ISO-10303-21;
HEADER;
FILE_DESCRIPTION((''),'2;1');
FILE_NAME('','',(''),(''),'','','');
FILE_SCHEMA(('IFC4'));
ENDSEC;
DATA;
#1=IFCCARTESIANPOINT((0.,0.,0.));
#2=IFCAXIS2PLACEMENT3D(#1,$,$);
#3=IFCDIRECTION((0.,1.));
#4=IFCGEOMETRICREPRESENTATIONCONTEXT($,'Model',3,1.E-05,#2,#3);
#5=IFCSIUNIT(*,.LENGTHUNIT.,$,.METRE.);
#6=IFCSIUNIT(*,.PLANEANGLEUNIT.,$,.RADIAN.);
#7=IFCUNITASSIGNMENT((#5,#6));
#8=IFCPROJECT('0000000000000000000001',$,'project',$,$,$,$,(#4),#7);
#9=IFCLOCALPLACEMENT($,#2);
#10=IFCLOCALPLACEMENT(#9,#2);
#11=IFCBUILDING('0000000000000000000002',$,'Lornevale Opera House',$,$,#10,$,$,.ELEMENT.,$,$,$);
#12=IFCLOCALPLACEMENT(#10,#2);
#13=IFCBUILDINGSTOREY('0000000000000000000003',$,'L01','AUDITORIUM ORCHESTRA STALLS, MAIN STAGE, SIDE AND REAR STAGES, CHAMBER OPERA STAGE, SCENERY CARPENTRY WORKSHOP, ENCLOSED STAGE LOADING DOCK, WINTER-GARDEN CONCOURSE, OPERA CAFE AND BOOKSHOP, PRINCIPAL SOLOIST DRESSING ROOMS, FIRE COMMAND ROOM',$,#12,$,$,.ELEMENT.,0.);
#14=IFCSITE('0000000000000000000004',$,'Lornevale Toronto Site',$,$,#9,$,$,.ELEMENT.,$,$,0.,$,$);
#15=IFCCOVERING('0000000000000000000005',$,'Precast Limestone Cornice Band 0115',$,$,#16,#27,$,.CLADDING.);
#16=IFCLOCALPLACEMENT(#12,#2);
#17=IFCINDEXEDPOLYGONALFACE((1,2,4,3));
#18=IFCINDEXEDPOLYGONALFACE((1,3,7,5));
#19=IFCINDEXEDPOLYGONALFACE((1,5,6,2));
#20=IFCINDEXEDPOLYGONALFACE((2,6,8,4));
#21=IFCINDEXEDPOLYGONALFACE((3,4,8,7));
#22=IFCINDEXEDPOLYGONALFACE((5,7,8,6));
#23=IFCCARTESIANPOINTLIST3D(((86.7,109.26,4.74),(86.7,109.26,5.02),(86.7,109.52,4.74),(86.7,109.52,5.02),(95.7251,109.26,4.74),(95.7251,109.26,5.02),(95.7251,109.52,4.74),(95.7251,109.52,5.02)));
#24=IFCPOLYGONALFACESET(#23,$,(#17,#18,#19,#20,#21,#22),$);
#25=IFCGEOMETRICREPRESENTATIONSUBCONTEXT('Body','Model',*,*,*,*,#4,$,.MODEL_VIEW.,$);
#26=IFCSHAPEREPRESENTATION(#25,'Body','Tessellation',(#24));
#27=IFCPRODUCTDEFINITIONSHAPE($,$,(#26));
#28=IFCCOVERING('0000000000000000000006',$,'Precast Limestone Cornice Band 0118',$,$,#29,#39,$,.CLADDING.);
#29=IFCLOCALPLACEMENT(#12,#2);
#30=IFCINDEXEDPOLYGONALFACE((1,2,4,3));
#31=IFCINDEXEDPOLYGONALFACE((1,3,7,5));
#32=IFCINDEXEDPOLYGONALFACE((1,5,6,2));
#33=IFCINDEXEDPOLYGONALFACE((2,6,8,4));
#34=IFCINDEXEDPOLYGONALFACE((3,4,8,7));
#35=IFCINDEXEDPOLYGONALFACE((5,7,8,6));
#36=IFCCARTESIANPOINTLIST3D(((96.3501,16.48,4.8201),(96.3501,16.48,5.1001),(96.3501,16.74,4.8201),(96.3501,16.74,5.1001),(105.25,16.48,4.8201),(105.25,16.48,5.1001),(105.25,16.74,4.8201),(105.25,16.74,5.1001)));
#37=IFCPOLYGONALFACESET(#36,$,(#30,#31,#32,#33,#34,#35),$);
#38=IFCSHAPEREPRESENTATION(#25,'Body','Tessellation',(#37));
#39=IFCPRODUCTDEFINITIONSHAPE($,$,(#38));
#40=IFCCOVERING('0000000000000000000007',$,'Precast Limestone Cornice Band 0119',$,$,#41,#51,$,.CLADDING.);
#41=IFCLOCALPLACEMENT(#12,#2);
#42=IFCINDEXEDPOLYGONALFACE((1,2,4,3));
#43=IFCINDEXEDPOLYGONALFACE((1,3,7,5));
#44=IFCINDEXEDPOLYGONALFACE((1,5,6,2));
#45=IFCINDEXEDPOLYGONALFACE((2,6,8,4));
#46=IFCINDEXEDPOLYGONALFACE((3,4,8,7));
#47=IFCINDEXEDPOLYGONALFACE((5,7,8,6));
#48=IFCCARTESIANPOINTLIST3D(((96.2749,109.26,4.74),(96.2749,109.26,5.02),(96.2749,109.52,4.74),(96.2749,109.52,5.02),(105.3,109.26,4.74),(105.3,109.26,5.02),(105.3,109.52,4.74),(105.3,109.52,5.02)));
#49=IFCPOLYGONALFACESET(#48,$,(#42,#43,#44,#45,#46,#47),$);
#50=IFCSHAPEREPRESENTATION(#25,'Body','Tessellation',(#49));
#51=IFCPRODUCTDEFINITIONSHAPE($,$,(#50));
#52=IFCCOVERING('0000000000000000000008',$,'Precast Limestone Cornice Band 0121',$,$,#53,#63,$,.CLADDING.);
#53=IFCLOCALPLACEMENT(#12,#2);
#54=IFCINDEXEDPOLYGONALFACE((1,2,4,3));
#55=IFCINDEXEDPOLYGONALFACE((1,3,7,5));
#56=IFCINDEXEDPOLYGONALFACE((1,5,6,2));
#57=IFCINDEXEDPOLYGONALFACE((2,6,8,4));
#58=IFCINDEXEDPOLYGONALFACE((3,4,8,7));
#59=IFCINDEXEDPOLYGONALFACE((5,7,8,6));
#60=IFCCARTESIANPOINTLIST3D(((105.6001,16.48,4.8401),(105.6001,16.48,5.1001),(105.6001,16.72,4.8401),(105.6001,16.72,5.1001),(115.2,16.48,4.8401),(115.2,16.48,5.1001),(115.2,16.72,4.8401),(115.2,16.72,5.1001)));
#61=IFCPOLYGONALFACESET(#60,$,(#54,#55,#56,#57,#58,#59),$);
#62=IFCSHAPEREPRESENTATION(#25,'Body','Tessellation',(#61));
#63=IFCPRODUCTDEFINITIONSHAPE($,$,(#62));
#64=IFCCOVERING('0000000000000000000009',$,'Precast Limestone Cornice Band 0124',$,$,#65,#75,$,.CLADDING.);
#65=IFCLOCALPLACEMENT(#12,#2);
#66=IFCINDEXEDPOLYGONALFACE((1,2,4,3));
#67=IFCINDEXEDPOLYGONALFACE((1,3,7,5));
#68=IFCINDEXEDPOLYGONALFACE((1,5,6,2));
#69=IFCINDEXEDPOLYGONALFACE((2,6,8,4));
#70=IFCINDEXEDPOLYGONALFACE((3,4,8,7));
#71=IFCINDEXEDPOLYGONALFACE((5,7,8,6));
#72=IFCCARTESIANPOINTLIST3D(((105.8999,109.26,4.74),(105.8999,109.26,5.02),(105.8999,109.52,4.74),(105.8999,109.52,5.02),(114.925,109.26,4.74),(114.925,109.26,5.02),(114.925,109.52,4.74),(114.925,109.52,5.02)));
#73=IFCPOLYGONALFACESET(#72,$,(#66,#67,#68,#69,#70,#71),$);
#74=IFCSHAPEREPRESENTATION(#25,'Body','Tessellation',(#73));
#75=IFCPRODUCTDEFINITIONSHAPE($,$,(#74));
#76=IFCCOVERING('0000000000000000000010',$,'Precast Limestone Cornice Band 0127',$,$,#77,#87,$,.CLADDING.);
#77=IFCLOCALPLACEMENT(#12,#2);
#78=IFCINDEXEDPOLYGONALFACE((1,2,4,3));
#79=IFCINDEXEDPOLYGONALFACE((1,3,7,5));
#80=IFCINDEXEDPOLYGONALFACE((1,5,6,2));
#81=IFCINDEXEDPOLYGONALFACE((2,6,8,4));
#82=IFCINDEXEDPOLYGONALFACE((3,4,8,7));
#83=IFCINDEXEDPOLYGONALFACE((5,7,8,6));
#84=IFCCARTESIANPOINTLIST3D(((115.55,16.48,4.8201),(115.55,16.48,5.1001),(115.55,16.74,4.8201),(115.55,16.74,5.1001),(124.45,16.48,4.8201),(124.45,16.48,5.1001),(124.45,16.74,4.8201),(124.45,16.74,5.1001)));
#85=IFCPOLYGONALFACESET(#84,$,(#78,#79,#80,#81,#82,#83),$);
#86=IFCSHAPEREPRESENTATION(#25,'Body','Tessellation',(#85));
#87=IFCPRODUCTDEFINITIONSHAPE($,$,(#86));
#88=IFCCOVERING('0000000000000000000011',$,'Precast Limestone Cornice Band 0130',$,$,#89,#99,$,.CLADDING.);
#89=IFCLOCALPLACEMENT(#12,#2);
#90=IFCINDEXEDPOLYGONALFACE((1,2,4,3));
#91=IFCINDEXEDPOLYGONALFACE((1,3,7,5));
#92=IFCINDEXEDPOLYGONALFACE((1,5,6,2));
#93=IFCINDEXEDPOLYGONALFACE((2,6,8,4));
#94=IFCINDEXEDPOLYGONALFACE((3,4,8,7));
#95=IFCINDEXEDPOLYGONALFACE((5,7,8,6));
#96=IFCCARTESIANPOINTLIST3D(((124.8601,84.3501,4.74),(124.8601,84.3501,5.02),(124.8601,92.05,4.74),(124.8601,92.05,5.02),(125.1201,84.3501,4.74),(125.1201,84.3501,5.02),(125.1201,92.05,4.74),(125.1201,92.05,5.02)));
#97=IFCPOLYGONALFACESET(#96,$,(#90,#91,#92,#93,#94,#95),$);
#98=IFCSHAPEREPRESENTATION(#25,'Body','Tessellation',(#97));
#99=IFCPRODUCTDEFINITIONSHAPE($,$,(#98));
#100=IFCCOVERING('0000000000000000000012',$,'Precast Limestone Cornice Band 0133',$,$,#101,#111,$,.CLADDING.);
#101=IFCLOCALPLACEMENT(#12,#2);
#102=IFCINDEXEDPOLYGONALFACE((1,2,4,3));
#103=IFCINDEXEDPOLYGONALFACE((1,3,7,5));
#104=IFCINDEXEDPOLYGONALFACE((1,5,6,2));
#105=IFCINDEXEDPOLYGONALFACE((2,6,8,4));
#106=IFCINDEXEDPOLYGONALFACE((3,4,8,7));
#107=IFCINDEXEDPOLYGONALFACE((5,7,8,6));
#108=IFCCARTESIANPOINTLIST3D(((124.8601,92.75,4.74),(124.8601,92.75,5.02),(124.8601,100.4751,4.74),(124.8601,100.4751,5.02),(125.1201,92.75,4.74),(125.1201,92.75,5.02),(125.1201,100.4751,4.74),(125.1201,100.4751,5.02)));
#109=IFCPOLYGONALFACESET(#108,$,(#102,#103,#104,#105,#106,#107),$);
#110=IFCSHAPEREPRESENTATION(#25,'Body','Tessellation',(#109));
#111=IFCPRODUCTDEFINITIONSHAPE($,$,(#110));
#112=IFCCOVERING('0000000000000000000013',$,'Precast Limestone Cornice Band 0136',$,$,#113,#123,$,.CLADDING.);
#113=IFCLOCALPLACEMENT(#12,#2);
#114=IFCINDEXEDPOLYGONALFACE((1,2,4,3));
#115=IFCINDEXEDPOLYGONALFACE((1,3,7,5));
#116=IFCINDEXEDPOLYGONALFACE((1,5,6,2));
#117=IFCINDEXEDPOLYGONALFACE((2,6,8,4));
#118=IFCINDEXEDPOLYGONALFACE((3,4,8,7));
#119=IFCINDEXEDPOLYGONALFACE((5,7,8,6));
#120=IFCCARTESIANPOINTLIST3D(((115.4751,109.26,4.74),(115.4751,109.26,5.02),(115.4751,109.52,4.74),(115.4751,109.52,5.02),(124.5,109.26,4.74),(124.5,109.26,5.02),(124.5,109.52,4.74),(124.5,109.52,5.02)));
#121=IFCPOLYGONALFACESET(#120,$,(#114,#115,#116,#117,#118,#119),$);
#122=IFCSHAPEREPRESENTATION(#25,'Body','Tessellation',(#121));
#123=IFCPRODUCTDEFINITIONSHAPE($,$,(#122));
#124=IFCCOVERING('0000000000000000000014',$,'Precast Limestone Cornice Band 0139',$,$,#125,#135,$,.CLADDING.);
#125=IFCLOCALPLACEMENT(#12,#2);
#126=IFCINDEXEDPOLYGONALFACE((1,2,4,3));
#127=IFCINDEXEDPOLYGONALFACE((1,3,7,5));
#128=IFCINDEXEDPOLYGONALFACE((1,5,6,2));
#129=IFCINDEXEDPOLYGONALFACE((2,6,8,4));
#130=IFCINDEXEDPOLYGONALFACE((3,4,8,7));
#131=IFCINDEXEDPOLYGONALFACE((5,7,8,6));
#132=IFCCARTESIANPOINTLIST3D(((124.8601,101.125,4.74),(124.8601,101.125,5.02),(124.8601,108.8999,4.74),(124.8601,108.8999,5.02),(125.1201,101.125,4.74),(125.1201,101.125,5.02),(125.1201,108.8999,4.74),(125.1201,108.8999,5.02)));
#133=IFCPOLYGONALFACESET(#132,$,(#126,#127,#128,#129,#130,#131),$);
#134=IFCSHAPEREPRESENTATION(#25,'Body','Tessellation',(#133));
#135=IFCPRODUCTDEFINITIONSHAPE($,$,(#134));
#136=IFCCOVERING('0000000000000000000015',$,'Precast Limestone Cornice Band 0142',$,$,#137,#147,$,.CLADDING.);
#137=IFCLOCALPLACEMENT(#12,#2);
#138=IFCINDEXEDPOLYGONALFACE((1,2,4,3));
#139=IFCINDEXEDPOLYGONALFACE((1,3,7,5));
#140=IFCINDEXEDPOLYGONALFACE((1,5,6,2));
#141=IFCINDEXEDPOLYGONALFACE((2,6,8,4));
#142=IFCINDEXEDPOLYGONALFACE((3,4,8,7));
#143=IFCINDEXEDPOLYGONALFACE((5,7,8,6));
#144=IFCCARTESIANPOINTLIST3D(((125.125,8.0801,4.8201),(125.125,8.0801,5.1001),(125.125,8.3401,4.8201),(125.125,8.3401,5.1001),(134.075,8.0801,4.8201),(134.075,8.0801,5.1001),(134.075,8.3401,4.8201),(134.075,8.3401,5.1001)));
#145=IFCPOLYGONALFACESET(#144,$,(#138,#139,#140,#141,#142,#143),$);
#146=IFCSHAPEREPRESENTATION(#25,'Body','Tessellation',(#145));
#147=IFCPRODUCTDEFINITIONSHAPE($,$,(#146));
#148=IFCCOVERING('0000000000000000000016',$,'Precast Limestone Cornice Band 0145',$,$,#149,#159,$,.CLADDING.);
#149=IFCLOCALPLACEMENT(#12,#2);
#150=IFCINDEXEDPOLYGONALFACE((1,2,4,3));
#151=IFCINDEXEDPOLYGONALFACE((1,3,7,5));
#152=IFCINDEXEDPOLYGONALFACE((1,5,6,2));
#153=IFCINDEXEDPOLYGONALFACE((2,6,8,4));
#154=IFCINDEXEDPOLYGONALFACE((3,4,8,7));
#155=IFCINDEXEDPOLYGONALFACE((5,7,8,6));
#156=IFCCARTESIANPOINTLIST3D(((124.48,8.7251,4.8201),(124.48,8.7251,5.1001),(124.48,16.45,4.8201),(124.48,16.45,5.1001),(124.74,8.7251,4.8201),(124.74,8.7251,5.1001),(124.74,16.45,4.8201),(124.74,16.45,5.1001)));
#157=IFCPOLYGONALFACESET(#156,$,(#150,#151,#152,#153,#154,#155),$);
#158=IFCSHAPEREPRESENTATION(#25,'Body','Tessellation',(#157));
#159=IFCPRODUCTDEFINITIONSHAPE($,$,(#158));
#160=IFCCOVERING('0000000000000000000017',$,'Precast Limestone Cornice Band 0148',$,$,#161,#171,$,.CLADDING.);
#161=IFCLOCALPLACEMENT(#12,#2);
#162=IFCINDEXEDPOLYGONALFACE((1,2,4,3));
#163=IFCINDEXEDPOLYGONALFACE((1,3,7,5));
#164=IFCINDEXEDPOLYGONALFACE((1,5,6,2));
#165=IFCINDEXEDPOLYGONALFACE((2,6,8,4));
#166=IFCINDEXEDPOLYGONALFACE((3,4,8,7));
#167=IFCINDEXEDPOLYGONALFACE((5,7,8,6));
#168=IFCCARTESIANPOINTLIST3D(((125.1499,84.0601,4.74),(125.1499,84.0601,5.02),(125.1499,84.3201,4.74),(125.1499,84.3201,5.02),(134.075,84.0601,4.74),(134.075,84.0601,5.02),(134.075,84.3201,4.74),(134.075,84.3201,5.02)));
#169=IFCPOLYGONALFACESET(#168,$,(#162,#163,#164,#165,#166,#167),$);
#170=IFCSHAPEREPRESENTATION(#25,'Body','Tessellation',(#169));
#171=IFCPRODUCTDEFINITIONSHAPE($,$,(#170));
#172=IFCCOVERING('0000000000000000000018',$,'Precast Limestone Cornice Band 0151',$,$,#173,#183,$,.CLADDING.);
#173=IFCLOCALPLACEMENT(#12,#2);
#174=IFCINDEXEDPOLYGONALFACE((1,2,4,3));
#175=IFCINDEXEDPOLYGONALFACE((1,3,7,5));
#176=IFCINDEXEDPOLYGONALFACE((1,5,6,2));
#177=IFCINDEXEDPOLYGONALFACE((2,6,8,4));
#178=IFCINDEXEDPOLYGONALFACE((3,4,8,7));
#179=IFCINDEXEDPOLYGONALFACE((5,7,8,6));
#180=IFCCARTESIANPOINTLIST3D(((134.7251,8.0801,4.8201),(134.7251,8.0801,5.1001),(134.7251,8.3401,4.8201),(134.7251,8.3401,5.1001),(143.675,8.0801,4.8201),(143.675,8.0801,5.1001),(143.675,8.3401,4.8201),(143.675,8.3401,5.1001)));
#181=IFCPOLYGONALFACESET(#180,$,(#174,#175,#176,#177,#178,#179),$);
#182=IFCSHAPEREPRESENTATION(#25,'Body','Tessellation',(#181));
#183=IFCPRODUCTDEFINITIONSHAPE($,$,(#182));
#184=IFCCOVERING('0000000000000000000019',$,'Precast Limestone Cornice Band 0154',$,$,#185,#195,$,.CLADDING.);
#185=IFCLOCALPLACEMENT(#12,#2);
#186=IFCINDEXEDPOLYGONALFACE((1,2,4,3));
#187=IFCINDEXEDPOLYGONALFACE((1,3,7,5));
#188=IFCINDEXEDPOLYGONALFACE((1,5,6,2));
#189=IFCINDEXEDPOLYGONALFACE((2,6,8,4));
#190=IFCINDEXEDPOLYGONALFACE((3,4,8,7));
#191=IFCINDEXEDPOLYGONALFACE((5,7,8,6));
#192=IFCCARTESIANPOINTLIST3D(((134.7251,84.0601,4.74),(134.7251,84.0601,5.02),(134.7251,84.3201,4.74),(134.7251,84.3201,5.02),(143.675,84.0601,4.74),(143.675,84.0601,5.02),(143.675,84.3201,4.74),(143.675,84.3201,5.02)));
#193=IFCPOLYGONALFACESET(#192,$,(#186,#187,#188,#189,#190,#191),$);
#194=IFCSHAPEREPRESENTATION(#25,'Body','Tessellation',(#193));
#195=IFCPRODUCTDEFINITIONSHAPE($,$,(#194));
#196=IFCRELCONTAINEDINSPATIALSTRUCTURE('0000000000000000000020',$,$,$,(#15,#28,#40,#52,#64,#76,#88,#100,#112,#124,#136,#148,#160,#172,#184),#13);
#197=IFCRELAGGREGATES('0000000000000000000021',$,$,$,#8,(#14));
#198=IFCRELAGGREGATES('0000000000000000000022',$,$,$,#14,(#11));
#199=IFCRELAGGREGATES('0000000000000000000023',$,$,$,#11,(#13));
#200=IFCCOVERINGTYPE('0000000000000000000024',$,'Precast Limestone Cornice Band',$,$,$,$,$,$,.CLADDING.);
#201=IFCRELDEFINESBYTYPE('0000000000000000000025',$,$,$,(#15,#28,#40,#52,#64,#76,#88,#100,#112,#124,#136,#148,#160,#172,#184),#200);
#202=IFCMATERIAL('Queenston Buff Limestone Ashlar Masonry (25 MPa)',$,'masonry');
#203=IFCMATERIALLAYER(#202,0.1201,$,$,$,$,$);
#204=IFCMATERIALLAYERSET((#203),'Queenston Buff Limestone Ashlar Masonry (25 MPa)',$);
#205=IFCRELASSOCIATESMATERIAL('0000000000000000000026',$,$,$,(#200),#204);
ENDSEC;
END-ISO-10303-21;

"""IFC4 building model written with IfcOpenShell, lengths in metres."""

from ifc_helpers import new_model, si_unit, direction, frame, origin, place, context, subcontext, project, spatial, polyline, outline, extrude, material, layer, layer_set, type_object, element, save


model = new_model("IFC4")

# Units and contexts
model_context = context("Model", 3, precision=1e-05, world=origin(), true_north=direction((0.0, 1.0)))
body_context = subcontext(model_context, "Body", "Model", "MODEL_VIEW")
ifc_project = project(units=[si_unit("LENGTHUNIT", "METRE"), si_unit("PLANEANGLEUNIT", "RADIAN")], contexts=[model_context])

# Site, building, storey
site_placement = place(None, origin())
site = spatial("IfcSite", under=ifc_project, at=site_placement, Name="Lornevale Toronto Site", CompositionType="ELEMENT", RefElevation=0.0)
building_placement = place(site_placement, origin())
building = spatial("IfcBuilding", under=site, at=building_placement, Name="Lornevale Opera House", CompositionType="ELEMENT")
storey_placement = place(building_placement, origin())
storey = spatial("IfcBuildingStorey", under=building, at=storey_placement, Name="L01", Description="AUDITORIUM ORCHESTRA STALLS, MAIN STAGE, SIDE AND REAR STAGES, CHAMBER OPERA STAGE, SCENERY CARPENTRY WORKSHOP, ENCLOSED STAGE LOADING DOCK, WINTER-GARDEN CONCOURSE, OPERA CAFE AND BOOKSHOP, PRINCIPAL SOLOIST DRESSING ROOMS, FIRE COMMAND ROOM", CompositionType="ELEMENT", Elevation=0.0)

# Coverings
ifc_material_1 = material(Name="Queenston Buff Limestone Ashlar Masonry (25 MPa)", Category="masonry")
ifc_layer_1 = layer(ifc_material_1, 0.1201)
ifc_layer_set_1 = layer_set([ifc_layer_1], Name="Queenston Buff Limestone Ashlar Masonry (25 MPa)")
covering_type_1 = type_object("IfcCoveringType", Name="Precast Limestone Cornice Band", PredefinedType="CLADDING", material=ifc_layer_set_1)
covering_1_placement = place(storey_placement, frame((0.0, 0.0, 4.74)))
element("IfcCovering", 1, at=covering_1_placement, inside=storey, type_object=covering_type_1, Name="Precast Limestone Cornice Band 0115", PredefinedType="CLADDING", context=body_context, shape_type="SweptSolid", body=[
    extrude(outline(polyline([(86.7, 109.26), (95.7251, 109.26), (95.7251, 109.52), (86.7, 109.52), (86.7, 109.26)])), origin(), (0.0, 0.0, 1.0), 0.28),
])
covering_2_placement = place(storey_placement, frame((0.0, 0.0, 4.8201)))
element("IfcCovering", 2, at=covering_2_placement, inside=storey, type_object=covering_type_1, Name="Precast Limestone Cornice Band 0118", PredefinedType="CLADDING", context=body_context, shape_type="SweptSolid", body=[
    extrude(outline(polyline([(105.25, 16.74), (96.3501, 16.74), (96.3501, 16.48), (105.25, 16.48), (105.25, 16.74)])), origin(), (0.0, 0.0, 1.0), 0.28),
])
covering_3_placement = place(storey_placement, frame((0.0, 0.0, 4.74)))
element("IfcCovering", 3, at=covering_3_placement, inside=storey, type_object=covering_type_1, Name="Precast Limestone Cornice Band 0119", PredefinedType="CLADDING", context=body_context, shape_type="SweptSolid", body=[
    extrude(outline(polyline([(96.2749, 109.26), (105.3, 109.26), (105.3, 109.52), (96.2749, 109.52), (96.2749, 109.26)])), origin(), (0.0, 0.0, 1.0), 0.28),
])
covering_4_placement = place(storey_placement, frame((0.0, 0.0, 4.8401)))
element("IfcCovering", 4, at=covering_4_placement, inside=storey, type_object=covering_type_1, Name="Precast Limestone Cornice Band 0121", PredefinedType="CLADDING", context=body_context, shape_type="SweptSolid", body=[
    extrude(outline(polyline([(115.2, 16.72), (105.6001, 16.72), (105.6001, 16.48), (115.2, 16.48), (115.2, 16.72)])), origin(), (0.0, 0.0, 1.0), 0.26),
])
covering_5_placement = place(storey_placement, frame((0.0, 0.0, 4.74)))
element("IfcCovering", 5, at=covering_5_placement, inside=storey, type_object=covering_type_1, Name="Precast Limestone Cornice Band 0124", PredefinedType="CLADDING", context=body_context, shape_type="SweptSolid", body=[
    extrude(outline(polyline([(105.8999, 109.26), (114.925, 109.26), (114.925, 109.52), (105.8999, 109.52), (105.8999, 109.26)])), origin(), (0.0, 0.0, 1.0), 0.28),
])
covering_6_placement = place(storey_placement, frame((0.0, 0.0, 4.8201)))
element("IfcCovering", 6, at=covering_6_placement, inside=storey, type_object=covering_type_1, Name="Precast Limestone Cornice Band 0127", PredefinedType="CLADDING", context=body_context, shape_type="SweptSolid", body=[
    extrude(outline(polyline([(124.45, 16.74), (115.55, 16.74), (115.55, 16.48), (124.45, 16.48), (124.45, 16.74)])), origin(), (0.0, 0.0, 1.0), 0.28),
])
covering_7_placement = place(storey_placement, frame((0.0, 0.0, 4.74)))
element("IfcCovering", 7, at=covering_7_placement, inside=storey, type_object=covering_type_1, Name="Precast Limestone Cornice Band 0130", PredefinedType="CLADDING", context=body_context, shape_type="SweptSolid", body=[
    extrude(outline(polyline([(124.8601, 92.05), (124.8601, 84.3501), (125.1201, 84.3501), (125.1201, 92.05), (124.8601, 92.05)])), origin(), (0.0, 0.0, 1.0), 0.28),
])
covering_8_placement = place(storey_placement, frame((0.0, 0.0, 4.74)))
element("IfcCovering", 8, at=covering_8_placement, inside=storey, type_object=covering_type_1, Name="Precast Limestone Cornice Band 0133", PredefinedType="CLADDING", context=body_context, shape_type="SweptSolid", body=[
    extrude(outline(polyline([(124.8601, 100.4751), (124.8601, 92.75), (125.1201, 92.75), (125.1201, 100.4751), (124.8601, 100.4751)])), origin(), (0.0, 0.0, 1.0), 0.28),
])
covering_9_placement = place(storey_placement, frame((0.0, 0.0, 4.74)))
element("IfcCovering", 9, at=covering_9_placement, inside=storey, type_object=covering_type_1, Name="Precast Limestone Cornice Band 0136", PredefinedType="CLADDING", context=body_context, shape_type="SweptSolid", body=[
    extrude(outline(polyline([(115.4751, 109.26), (124.5, 109.26), (124.5, 109.52), (115.4751, 109.52), (115.4751, 109.26)])), origin(), (0.0, 0.0, 1.0), 0.28),
])
covering_10_placement = place(storey_placement, frame((0.0, 0.0, 4.74)))
element("IfcCovering", 10, at=covering_10_placement, inside=storey, type_object=covering_type_1, Name="Precast Limestone Cornice Band 0139", PredefinedType="CLADDING", context=body_context, shape_type="SweptSolid", body=[
    extrude(outline(polyline([(124.8601, 108.8999), (124.8601, 101.125), (125.1201, 101.125), (125.1201, 108.8999), (124.8601, 108.8999)])), origin(), (0.0, 0.0, 1.0), 0.28),
])
covering_11_placement = place(storey_placement, frame((0.0, 0.0, 4.8201)))
element("IfcCovering", 11, at=covering_11_placement, inside=storey, type_object=covering_type_1, Name="Precast Limestone Cornice Band 0142", PredefinedType="CLADDING", context=body_context, shape_type="SweptSolid", body=[
    extrude(outline(polyline([(134.075, 8.3401), (125.125, 8.3401), (125.125, 8.0801), (134.075, 8.0801), (134.075, 8.3401)])), origin(), (0.0, 0.0, 1.0), 0.28),
])
covering_12_placement = place(storey_placement, frame((0.0, 0.0, 4.8201)))
element("IfcCovering", 12, at=covering_12_placement, inside=storey, type_object=covering_type_1, Name="Precast Limestone Cornice Band 0145", PredefinedType="CLADDING", context=body_context, shape_type="SweptSolid", body=[
    extrude(outline(polyline([(124.74, 8.7251), (124.74, 16.45), (124.48, 16.45), (124.48, 8.7251), (124.74, 8.7251)])), origin(), (0.0, 0.0, 1.0), 0.28),
])
covering_13_placement = place(storey_placement, frame((0.0, 0.0, 4.74)))
element("IfcCovering", 13, at=covering_13_placement, inside=storey, type_object=covering_type_1, Name="Precast Limestone Cornice Band 0148", PredefinedType="CLADDING", context=body_context, shape_type="SweptSolid", body=[
    extrude(outline(polyline([(125.1499, 84.0601), (134.075, 84.0601), (134.075, 84.3201), (125.1499, 84.3201), (125.1499, 84.0601)])), origin(), (0.0, 0.0, 1.0), 0.28),
])
covering_14_placement = place(storey_placement, frame((0.0, 0.0, 4.8201)))
element("IfcCovering", 14, at=covering_14_placement, inside=storey, type_object=covering_type_1, Name="Precast Limestone Cornice Band 0151", PredefinedType="CLADDING", context=body_context, shape_type="SweptSolid", body=[
    extrude(outline(polyline([(143.675, 8.3401), (134.7251, 8.3401), (134.7251, 8.0801), (143.675, 8.0801), (143.675, 8.3401)])), origin(), (0.0, 0.0, 1.0), 0.28),
])
covering_15_placement = place(storey_placement, frame((0.0, 0.0, 4.74)))
element("IfcCovering", 15, at=covering_15_placement, inside=storey, type_object=covering_type_1, Name="Precast Limestone Cornice Band 0154", PredefinedType="CLADDING", context=body_context, shape_type="SweptSolid", body=[
    extrude(outline(polyline([(134.7251, 84.0601), (143.675, 84.0601), (143.675, 84.3201), (134.7251, 84.3201), (134.7251, 84.0601)])), origin(), (0.0, 0.0, 1.0), 0.28),
])

save(model, "model.ifc")
